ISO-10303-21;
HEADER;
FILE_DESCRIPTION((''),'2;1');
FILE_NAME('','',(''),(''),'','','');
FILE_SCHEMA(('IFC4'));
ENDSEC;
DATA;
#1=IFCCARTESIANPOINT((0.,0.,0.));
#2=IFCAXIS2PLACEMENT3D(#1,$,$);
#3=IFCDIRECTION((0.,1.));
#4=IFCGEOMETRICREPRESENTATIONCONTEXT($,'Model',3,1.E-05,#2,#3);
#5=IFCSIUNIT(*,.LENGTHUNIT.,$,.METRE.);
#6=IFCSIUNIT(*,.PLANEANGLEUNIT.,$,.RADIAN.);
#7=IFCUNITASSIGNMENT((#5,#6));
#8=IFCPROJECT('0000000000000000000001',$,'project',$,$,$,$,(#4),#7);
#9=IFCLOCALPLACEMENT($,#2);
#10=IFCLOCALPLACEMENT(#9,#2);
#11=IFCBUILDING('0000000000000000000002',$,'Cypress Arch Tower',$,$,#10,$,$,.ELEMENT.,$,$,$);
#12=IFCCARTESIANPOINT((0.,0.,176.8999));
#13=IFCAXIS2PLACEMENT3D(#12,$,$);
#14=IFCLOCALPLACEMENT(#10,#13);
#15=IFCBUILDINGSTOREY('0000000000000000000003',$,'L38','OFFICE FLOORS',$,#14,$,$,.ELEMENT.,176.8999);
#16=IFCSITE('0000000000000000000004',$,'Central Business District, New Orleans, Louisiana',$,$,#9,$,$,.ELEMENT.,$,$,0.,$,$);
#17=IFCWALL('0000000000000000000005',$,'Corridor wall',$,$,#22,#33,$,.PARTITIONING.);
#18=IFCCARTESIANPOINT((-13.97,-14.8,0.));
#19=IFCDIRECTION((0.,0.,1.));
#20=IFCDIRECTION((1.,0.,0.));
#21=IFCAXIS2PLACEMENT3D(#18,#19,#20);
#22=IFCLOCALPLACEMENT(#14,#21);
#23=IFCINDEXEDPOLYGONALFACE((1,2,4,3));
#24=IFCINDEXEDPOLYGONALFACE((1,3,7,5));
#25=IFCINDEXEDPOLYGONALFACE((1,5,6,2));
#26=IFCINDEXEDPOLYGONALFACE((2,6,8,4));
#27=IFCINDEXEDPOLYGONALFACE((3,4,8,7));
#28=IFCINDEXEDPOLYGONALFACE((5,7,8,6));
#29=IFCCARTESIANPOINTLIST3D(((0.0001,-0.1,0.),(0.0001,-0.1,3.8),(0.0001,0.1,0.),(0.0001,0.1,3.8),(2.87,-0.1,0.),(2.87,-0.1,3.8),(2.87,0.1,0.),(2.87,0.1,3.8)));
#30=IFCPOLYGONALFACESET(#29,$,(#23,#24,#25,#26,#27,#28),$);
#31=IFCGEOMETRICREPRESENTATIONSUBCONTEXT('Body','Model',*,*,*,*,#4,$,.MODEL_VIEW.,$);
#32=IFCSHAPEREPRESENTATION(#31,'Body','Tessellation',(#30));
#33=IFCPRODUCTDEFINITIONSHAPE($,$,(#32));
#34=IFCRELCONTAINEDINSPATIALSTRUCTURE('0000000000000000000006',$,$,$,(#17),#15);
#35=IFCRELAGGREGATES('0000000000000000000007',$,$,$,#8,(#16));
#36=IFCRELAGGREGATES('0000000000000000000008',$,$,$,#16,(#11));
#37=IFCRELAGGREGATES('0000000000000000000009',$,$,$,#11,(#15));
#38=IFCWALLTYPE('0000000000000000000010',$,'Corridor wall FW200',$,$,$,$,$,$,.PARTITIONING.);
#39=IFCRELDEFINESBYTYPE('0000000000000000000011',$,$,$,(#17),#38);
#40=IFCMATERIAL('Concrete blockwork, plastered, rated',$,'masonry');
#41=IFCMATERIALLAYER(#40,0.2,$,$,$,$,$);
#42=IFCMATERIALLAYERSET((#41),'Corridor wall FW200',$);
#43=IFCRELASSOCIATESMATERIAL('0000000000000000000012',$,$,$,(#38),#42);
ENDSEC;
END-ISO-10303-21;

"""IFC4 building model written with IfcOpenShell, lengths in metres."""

from ifc_helpers import new_model, si_unit, direction, frame, frame_2d, origin, place, context, subcontext, project, spatial, rectangle, extrude, material, layer, layer_set, type_object, element, save


model = new_model("IFC4")

# Units and contexts
model_context = context("Model", 3, precision=1e-05, world=origin(), true_north=direction((0.0, 1.0)))
body_context = subcontext(model_context, "Body", "Model", "MODEL_VIEW")
ifc_project = project(units=[si_unit("LENGTHUNIT", "METRE"), si_unit("PLANEANGLEUNIT", "RADIAN")], contexts=[model_context])

# Site, building, storey
site_placement = place(None, origin())
site = spatial("IfcSite", under=ifc_project, at=site_placement, Name="Central Business District, New Orleans, Louisiana", CompositionType="ELEMENT", RefElevation=0.0)
building_placement = place(site_placement, origin())
building = spatial("IfcBuilding", under=site, at=building_placement, Name="Cypress Arch Tower", CompositionType="ELEMENT")
storey_placement = place(building_placement, frame((0.0, 0.0, 176.8999)))
storey = spatial("IfcBuildingStorey", under=building, at=storey_placement, Name="L38", Description="OFFICE FLOORS", CompositionType="ELEMENT", Elevation=176.8999)

# Wall
ifc_material_1 = material(Name="Concrete blockwork, plastered, rated", Category="masonry")
ifc_layer_1 = layer(ifc_material_1, 0.2)
ifc_layer_set_1 = layer_set([ifc_layer_1], Name="Corridor wall FW200")
wall_type_1 = type_object("IfcWallType", Name="Corridor wall FW200", PredefinedType="PARTITIONING", material=ifc_layer_set_1)
wall_1_placement = place(storey_placement, frame((-13.97, -14.8, 0.0), z_axis=(0.0, 0.0, 1.0), x_axis=(1.0, 0.0, 0.0)))
element("IfcWall", 1, at=wall_1_placement, inside=storey, type_object=wall_type_1, Name="Corridor wall", PredefinedType="PARTITIONING", context=body_context, shape_type="SweptSolid", body=[
    extrude(rectangle(XDim=2.8699, YDim=0.2, at=frame_2d((1.4351, 0.0))), origin(), (0.0, 0.0, 1.0), 3.8),
])

save(model, "model.ifc")
